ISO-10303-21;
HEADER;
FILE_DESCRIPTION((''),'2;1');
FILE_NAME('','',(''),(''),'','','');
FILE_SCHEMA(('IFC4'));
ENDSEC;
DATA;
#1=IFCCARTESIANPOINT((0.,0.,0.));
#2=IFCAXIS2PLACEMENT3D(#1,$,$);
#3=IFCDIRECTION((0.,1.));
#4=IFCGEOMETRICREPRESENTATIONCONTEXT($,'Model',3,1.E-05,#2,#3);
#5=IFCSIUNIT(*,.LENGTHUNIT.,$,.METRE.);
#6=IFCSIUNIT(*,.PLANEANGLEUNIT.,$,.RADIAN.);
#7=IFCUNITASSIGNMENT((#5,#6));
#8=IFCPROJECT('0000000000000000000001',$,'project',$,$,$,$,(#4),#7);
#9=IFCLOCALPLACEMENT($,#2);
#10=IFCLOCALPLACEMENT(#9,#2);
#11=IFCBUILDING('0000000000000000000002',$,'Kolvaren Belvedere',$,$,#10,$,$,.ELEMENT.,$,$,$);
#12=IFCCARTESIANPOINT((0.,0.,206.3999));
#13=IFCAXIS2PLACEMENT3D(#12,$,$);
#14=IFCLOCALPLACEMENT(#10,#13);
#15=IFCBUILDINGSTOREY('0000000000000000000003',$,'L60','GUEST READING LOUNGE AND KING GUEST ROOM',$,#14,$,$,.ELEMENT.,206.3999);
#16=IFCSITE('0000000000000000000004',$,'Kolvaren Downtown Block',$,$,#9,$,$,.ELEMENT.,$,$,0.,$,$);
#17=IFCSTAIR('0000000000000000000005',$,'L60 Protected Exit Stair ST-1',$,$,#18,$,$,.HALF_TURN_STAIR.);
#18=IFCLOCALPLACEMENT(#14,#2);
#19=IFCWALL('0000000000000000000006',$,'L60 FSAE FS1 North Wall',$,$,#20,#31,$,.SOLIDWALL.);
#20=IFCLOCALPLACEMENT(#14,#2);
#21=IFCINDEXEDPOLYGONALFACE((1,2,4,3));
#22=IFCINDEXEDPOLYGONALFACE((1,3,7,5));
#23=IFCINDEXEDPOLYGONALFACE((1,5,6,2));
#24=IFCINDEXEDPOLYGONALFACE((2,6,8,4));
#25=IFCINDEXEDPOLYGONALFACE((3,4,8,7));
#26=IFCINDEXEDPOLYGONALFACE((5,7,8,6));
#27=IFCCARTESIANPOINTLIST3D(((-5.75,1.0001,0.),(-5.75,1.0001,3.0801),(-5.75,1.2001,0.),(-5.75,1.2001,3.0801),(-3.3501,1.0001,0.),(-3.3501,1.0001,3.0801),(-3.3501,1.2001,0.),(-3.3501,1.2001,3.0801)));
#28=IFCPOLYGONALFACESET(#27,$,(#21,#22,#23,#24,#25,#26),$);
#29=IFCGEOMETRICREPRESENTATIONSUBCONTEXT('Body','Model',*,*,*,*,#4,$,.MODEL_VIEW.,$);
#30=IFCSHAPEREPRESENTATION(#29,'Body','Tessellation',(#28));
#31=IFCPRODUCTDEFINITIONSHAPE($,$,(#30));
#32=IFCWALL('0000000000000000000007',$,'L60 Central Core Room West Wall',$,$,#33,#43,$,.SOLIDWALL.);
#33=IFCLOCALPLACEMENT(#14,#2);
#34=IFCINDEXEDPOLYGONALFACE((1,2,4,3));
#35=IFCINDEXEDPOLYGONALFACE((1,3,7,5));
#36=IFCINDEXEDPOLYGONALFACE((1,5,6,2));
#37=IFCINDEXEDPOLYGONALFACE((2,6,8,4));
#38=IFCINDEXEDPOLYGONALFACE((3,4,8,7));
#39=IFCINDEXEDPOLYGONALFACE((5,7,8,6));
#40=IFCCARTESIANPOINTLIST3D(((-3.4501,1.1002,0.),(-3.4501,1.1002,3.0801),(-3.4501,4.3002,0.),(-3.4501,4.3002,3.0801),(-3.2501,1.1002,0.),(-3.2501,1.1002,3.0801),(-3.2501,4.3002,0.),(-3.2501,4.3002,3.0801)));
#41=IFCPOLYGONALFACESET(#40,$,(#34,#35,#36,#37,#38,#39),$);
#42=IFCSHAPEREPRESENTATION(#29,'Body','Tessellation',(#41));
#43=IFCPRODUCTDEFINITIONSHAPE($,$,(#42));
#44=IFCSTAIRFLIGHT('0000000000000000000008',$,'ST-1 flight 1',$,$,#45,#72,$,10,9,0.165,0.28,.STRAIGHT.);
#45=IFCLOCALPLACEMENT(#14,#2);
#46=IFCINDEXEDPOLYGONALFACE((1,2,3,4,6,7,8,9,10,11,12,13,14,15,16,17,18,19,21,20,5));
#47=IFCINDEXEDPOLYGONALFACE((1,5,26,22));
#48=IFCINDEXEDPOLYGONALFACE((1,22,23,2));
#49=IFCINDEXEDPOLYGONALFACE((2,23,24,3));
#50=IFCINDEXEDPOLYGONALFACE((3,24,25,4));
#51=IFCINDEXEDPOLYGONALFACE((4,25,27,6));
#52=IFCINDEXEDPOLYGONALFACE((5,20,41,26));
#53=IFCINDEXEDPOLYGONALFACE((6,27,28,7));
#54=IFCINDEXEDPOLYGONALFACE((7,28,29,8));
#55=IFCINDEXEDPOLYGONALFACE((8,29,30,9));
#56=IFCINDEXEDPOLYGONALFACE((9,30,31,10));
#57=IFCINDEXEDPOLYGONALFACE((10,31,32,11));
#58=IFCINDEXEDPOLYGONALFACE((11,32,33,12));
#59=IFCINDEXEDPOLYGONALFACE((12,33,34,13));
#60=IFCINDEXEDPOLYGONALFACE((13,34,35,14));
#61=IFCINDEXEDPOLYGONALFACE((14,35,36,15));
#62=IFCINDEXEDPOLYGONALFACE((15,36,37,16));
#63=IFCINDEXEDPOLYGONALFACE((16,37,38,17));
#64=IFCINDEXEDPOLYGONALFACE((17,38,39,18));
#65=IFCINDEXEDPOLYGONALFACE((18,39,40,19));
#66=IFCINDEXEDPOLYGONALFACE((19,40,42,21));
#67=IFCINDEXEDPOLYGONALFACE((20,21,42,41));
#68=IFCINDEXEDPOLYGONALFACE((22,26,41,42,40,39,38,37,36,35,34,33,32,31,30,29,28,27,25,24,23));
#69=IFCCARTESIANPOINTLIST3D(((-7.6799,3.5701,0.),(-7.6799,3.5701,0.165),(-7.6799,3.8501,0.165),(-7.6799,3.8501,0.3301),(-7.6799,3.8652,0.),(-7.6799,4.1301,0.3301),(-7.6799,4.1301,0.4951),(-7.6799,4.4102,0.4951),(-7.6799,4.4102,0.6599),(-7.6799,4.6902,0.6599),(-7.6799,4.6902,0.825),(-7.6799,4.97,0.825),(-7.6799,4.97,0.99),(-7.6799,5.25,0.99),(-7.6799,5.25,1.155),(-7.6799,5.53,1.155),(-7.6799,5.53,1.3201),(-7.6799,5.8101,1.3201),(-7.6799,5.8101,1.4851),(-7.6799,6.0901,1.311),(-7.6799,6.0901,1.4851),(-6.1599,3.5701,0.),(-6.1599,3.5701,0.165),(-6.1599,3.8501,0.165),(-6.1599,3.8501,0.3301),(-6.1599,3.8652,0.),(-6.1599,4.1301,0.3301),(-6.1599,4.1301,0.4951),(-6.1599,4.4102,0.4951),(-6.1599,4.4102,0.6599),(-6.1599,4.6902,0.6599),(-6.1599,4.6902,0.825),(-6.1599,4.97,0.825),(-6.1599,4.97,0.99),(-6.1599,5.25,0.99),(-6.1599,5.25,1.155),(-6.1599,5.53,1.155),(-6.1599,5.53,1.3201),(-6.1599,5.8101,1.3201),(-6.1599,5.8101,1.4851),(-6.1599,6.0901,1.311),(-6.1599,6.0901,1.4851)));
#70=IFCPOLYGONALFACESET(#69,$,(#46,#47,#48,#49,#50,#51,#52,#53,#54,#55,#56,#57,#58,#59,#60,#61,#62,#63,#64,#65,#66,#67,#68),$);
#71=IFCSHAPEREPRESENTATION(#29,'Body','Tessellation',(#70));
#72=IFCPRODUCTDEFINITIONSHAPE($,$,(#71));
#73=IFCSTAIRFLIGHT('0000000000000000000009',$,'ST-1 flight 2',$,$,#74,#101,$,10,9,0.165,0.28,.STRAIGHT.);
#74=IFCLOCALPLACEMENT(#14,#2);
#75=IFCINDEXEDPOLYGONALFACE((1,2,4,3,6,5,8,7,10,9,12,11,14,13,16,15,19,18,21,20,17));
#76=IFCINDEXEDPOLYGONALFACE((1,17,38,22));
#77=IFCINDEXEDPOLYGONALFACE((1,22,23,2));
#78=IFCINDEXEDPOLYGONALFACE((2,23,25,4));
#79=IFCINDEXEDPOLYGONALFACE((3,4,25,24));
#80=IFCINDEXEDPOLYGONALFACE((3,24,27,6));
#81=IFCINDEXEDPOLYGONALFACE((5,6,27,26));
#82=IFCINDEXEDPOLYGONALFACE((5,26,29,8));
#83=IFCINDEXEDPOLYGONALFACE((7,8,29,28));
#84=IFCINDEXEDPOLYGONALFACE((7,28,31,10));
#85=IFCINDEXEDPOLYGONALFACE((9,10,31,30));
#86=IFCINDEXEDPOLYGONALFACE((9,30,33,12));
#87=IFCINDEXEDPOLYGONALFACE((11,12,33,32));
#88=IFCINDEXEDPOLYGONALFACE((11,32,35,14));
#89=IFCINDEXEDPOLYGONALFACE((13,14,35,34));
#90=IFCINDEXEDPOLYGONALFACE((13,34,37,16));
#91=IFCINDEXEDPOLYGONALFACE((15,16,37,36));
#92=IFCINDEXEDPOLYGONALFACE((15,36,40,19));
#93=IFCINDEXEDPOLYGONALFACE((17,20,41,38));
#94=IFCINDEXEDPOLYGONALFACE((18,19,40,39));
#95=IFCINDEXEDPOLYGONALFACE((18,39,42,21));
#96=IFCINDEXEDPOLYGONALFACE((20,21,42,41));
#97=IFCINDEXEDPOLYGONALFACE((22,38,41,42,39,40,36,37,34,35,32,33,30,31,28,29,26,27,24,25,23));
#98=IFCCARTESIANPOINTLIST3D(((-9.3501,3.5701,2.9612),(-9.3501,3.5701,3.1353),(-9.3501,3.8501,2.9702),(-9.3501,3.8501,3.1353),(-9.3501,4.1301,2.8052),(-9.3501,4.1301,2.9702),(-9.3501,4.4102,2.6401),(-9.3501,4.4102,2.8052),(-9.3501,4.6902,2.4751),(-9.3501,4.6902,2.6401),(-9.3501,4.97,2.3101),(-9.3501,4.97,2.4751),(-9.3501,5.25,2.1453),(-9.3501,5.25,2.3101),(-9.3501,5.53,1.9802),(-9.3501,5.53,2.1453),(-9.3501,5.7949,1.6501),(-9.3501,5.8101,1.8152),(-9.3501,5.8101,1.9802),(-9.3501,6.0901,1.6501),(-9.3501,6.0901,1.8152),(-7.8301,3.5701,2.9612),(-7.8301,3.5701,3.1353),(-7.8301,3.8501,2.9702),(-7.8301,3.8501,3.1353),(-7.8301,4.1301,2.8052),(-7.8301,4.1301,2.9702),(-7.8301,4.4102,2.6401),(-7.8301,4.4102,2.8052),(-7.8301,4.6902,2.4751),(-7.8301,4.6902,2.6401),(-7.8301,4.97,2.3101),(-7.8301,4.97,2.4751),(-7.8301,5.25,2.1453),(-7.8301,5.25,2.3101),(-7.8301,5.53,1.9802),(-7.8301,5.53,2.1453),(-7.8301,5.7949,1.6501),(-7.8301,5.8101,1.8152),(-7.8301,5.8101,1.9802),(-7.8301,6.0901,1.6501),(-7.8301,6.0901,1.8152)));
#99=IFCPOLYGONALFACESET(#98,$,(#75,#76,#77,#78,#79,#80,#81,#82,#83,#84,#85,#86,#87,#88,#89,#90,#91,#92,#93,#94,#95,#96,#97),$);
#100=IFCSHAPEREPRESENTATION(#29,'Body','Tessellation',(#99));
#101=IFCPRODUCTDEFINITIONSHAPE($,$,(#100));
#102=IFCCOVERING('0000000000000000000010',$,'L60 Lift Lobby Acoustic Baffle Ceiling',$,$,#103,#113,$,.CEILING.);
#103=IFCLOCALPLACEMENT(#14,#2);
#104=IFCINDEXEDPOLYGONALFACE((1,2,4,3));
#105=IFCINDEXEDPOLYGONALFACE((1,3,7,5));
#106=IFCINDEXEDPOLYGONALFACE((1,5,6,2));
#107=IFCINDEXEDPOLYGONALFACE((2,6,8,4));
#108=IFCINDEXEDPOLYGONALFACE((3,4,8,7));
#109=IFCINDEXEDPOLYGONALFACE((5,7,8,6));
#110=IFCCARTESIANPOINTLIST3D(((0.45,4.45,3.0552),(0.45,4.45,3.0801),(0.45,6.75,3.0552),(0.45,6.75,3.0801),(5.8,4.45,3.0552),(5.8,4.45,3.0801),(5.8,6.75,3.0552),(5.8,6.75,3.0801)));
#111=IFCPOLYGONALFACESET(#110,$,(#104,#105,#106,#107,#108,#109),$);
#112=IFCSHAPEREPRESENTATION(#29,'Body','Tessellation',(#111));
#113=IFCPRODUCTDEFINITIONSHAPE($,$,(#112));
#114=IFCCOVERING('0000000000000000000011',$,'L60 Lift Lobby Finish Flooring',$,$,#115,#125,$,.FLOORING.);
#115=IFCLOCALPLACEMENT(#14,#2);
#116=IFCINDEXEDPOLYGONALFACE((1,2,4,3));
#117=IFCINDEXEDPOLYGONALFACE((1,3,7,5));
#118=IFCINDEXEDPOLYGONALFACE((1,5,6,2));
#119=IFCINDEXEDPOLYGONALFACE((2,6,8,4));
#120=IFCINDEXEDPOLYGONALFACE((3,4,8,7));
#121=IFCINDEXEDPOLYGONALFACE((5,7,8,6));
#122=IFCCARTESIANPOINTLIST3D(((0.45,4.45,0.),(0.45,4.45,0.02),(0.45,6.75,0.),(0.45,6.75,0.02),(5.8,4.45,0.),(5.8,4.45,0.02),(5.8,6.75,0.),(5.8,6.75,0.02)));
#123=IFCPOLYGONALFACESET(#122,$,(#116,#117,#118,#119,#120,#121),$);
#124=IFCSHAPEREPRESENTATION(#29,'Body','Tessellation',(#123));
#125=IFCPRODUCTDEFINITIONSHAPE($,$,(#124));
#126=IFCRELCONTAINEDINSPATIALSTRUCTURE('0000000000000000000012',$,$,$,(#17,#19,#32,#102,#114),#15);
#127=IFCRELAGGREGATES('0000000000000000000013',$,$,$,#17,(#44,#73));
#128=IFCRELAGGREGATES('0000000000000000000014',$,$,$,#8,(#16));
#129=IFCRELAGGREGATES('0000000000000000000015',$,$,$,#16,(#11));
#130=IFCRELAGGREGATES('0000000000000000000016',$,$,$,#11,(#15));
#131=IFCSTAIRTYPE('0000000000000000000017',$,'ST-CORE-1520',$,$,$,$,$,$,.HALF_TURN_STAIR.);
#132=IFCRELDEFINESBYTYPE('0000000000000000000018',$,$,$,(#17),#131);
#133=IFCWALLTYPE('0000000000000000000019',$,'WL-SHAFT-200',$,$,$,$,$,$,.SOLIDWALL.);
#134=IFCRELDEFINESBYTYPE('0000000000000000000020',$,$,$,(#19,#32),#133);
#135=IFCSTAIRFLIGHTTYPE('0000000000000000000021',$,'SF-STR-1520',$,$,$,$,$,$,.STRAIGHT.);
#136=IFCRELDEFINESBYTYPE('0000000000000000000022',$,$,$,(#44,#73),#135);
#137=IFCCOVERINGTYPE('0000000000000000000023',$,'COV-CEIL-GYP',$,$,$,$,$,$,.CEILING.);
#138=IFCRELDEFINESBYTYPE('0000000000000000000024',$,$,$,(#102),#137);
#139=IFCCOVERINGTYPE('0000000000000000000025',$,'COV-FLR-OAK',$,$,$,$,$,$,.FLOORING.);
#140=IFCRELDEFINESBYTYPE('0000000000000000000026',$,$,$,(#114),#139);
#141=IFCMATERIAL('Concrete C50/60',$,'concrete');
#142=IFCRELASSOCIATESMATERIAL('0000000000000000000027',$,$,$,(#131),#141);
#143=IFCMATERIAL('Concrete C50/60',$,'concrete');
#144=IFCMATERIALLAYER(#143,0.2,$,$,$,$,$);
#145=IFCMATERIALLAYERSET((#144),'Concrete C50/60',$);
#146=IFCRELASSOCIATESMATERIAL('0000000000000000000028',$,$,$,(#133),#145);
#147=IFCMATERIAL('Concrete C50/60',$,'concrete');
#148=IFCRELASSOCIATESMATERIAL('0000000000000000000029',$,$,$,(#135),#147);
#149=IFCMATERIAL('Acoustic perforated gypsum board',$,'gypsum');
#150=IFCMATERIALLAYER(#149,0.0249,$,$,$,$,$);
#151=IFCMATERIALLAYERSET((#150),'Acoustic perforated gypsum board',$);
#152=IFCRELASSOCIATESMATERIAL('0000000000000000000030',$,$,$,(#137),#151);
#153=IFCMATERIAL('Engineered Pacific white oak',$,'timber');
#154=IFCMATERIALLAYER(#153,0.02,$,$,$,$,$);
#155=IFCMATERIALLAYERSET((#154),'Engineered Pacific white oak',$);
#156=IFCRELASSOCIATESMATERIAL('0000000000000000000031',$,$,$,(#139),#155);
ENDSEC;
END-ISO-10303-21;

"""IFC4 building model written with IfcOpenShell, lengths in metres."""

from ifc_helpers import new_model, si_unit, direction, frame, frame_2d, origin, place, context, subcontext, project, spatial, polyline, rectangle, outline, extrude, material, layer, layer_set, type_object, element, aggregate, save


model = new_model("IFC4")

# Units and contexts
model_context = context("Model", 3, precision=1e-05, world=origin(), true_north=direction((0.0, 1.0)))
body_context = subcontext(model_context, "Body", "Model", "MODEL_VIEW")
ifc_project = project(units=[si_unit("LENGTHUNIT", "METRE"), si_unit("PLANEANGLEUNIT", "RADIAN")], contexts=[model_context])

# Site, building, storey
site_placement = place(None, origin())
site = spatial("IfcSite", under=ifc_project, at=site_placement, Name="Kolvaren Downtown Block", CompositionType="ELEMENT", RefElevation=0.0)
building_placement = place(site_placement, origin())
building = spatial("IfcBuilding", under=site, at=building_placement, Name="Kolvaren Belvedere", CompositionType="ELEMENT")
storey_placement = place(building_placement, frame((0.0, 0.0, 206.3999)))
storey = spatial("IfcBuildingStorey", under=building, at=storey_placement, Name="L60", Description="GUEST READING LOUNGE AND KING GUEST ROOM", CompositionType="ELEMENT", Elevation=206.3999)

# Stair
ifc_material_1 = material(Name="Concrete C50/60", Category="concrete")
stair_type = type_object("IfcStairType", Name="ST-CORE-1520", PredefinedType="HALF_TURN_STAIR", material=ifc_material_1)
stair_1_placement = place(storey_placement, origin())
stair_1 = element("IfcStair", 1, at=stair_1_placement, inside=storey, type_object=stair_type, Name="L60 Protected Exit Stair ST-1", PredefinedType="HALF_TURN_STAIR")

# Walls
ifc_material_2 = material(Name="Concrete C50/60", Category="concrete")
ifc_layer_1 = layer(ifc_material_2, 0.2)
ifc_layer_set_1 = layer_set([ifc_layer_1], Name="Concrete C50/60")
wall_type_1 = type_object("IfcWallType", Name="WL-SHAFT-200", PredefinedType="SOLIDWALL", material=ifc_layer_set_1)
wall_1_placement = place(storey_placement, frame((-5.75, 1.1001, 0.0), z_axis=(0.0, 0.0, 1.0), x_axis=(1.0, 0.0, 0.0)))
element("IfcWall", 2, at=wall_1_placement, inside=storey, type_object=wall_type_1, Name="L60 FSAE FS1 North Wall", PredefinedType="SOLIDWALL", context=body_context, shape_type="SweptSolid", body=[
    extrude(rectangle(XDim=2.3999, YDim=0.2, at=frame_2d((1.2, 0.0))), origin(), (0.0, 0.0, 1.0), 3.0801),
])
wall_2_placement = place(storey_placement, frame((-3.3501, 1.1001, 0.0), z_axis=(0.0, 0.0, 1.0), x_axis=(0.0, 1.0, 0.0)))
element("IfcWall", 3, at=wall_2_placement, inside=storey, type_object=wall_type_1, Name="L60 Central Core Room West Wall", PredefinedType="SOLIDWALL", context=body_context, shape_type="SweptSolid", body=[
    extrude(rectangle(XDim=3.2, YDim=0.2, at=frame_2d((1.6001, 0.0))), origin(), (0.0, 0.0, 1.0), 3.0801),
])

# Stair flights
ifc_material_3 = material(Name="Concrete C50/60", Category="concrete")
stair_flight_type = type_object("IfcStairFlightType", Name="SF-STR-1520", PredefinedType="STRAIGHT", material=ifc_material_3)
stair_flight_1_placement = place(storey_placement, frame((-6.9199, 3.5701, 0.0), z_axis=(0.0, 0.0, 1.0), x_axis=(0.0, 1.0, 0.0)))
stair_flight_1 = element("IfcStairFlight", 4, at=stair_flight_1_placement, type_object=stair_flight_type, Name="ST-1 flight 1", NumberOfRisers=10, NumberOfTreads=9, PredefinedType="STRAIGHT", RiserHeight=0.165, TreadLength=0.28, context=body_context, shape_type="SweptSolid", body=[
    extrude(outline(polyline([(0.0, 0.0), (0.0, 0.165), (0.28, 0.165), (0.28, 0.3301), (0.5601, 0.3301), (0.5601, 0.4951), (0.8401, 0.4951), (0.8401, 0.6599), (1.1201, 0.6599), (1.1201, 0.825), (1.3999, 0.825), (1.3999, 0.99), (1.6799, 0.99), (1.6799, 1.155), (1.96, 1.155), (1.96, 1.3201), (2.24, 1.3201), (2.24, 1.4851), (2.52, 1.4851), (2.52, 1.6499), (2.52, 1.311), (0.2952, 0.0), (0.0, 0.0)])), frame((0.0, 0.76, 0.0), z_axis=(0.0, -1.0, 0.0), x_axis=(1.0, 0.0, 0.0)), (0.0, 0.0, 1.0), 1.52),
])
stair_flight_2_placement = place(storey_placement, frame((-8.5901, 6.0901, 1.6501), z_axis=(0.0, 0.0, 1.0), x_axis=(0.0, -1.0, 0.0)))
stair_flight_2 = element("IfcStairFlight", 5, at=stair_flight_2_placement, type_object=stair_flight_type, Name="ST-1 flight 2", NumberOfRisers=10, NumberOfTreads=9, PredefinedType="STRAIGHT", RiserHeight=0.165, TreadLength=0.28, context=body_context, shape_type="SweptSolid", body=[
    extrude(outline(polyline([(0.0, 0.0), (0.0, 0.165), (0.28, 0.165), (0.28, 0.3301), (0.5601, 0.3301), (0.5601, 0.4951), (0.8401, 0.4951), (0.8401, 0.6599), (1.1201, 0.6599), (1.1201, 0.825), (1.3999, 0.825), (1.3999, 0.99), (1.6799, 0.99), (1.6799, 1.155), (1.96, 1.155), (1.96, 1.3201), (2.24, 1.3201), (2.24, 1.4851), (2.52, 1.4851), (2.52, 1.6499), (2.52, 1.311), (0.2952, 0.0), (0.0, 0.0)])), frame((0.0, 0.76, 0.0), z_axis=(0.0, -1.0, 0.0), x_axis=(1.0, 0.0, 0.0)), (0.0, 0.0, 1.0), 1.52),
])
aggregate(stair_1, [stair_flight_1, stair_flight_2])

# Coverings
ifc_material_4 = material(Name="Acoustic perforated gypsum board", Category="gypsum")
ifc_layer_2 = layer(ifc_material_4, 0.0249)
ifc_layer_set_2 = layer_set([ifc_layer_2], Name="Acoustic perforated gypsum board")
covering_type_1 = type_object("IfcCoveringType", Name="COV-CEIL-GYP", PredefinedType="CEILING", material=ifc_layer_set_2)
covering_1_placement = place(storey_placement, frame((0.0, 0.0, 3.0552)))
element("IfcCovering", 6, at=covering_1_placement, inside=storey, type_object=covering_type_1, Name="L60 Lift Lobby Acoustic Baffle Ceiling", PredefinedType="CEILING", context=body_context, shape_type="SweptSolid", body=[
    extrude(outline(polyline([(0.45, 4.45), (5.8, 4.45), (5.8, 6.75), (0.45, 6.75), (0.45, 4.45)])), origin(), (0.0, 0.0, 1.0), 0.0249),
])
ifc_material_5 = material(Name="Engineered Pacific white oak", Category="timber")
ifc_layer_3 = layer(ifc_material_5, 0.02)
ifc_layer_set_3 = layer_set([ifc_layer_3], Name="Engineered Pacific white oak")
covering_type_2 = type_object("IfcCoveringType", Name="COV-FLR-OAK", PredefinedType="FLOORING", material=ifc_layer_set_3)
covering_2_placement = place(storey_placement, origin())
element("IfcCovering", 7, at=covering_2_placement, inside=storey, type_object=covering_type_2, Name="L60 Lift Lobby Finish Flooring", PredefinedType="FLOORING", context=body_context, shape_type="SweptSolid", body=[
    extrude(outline(polyline([(0.45, 4.45), (5.8, 4.45), (5.8, 6.75), (0.45, 6.75), (0.45, 4.45)])), origin(), (0.0, 0.0, 1.0), 0.02),
])

save(model, "model.ifc")
